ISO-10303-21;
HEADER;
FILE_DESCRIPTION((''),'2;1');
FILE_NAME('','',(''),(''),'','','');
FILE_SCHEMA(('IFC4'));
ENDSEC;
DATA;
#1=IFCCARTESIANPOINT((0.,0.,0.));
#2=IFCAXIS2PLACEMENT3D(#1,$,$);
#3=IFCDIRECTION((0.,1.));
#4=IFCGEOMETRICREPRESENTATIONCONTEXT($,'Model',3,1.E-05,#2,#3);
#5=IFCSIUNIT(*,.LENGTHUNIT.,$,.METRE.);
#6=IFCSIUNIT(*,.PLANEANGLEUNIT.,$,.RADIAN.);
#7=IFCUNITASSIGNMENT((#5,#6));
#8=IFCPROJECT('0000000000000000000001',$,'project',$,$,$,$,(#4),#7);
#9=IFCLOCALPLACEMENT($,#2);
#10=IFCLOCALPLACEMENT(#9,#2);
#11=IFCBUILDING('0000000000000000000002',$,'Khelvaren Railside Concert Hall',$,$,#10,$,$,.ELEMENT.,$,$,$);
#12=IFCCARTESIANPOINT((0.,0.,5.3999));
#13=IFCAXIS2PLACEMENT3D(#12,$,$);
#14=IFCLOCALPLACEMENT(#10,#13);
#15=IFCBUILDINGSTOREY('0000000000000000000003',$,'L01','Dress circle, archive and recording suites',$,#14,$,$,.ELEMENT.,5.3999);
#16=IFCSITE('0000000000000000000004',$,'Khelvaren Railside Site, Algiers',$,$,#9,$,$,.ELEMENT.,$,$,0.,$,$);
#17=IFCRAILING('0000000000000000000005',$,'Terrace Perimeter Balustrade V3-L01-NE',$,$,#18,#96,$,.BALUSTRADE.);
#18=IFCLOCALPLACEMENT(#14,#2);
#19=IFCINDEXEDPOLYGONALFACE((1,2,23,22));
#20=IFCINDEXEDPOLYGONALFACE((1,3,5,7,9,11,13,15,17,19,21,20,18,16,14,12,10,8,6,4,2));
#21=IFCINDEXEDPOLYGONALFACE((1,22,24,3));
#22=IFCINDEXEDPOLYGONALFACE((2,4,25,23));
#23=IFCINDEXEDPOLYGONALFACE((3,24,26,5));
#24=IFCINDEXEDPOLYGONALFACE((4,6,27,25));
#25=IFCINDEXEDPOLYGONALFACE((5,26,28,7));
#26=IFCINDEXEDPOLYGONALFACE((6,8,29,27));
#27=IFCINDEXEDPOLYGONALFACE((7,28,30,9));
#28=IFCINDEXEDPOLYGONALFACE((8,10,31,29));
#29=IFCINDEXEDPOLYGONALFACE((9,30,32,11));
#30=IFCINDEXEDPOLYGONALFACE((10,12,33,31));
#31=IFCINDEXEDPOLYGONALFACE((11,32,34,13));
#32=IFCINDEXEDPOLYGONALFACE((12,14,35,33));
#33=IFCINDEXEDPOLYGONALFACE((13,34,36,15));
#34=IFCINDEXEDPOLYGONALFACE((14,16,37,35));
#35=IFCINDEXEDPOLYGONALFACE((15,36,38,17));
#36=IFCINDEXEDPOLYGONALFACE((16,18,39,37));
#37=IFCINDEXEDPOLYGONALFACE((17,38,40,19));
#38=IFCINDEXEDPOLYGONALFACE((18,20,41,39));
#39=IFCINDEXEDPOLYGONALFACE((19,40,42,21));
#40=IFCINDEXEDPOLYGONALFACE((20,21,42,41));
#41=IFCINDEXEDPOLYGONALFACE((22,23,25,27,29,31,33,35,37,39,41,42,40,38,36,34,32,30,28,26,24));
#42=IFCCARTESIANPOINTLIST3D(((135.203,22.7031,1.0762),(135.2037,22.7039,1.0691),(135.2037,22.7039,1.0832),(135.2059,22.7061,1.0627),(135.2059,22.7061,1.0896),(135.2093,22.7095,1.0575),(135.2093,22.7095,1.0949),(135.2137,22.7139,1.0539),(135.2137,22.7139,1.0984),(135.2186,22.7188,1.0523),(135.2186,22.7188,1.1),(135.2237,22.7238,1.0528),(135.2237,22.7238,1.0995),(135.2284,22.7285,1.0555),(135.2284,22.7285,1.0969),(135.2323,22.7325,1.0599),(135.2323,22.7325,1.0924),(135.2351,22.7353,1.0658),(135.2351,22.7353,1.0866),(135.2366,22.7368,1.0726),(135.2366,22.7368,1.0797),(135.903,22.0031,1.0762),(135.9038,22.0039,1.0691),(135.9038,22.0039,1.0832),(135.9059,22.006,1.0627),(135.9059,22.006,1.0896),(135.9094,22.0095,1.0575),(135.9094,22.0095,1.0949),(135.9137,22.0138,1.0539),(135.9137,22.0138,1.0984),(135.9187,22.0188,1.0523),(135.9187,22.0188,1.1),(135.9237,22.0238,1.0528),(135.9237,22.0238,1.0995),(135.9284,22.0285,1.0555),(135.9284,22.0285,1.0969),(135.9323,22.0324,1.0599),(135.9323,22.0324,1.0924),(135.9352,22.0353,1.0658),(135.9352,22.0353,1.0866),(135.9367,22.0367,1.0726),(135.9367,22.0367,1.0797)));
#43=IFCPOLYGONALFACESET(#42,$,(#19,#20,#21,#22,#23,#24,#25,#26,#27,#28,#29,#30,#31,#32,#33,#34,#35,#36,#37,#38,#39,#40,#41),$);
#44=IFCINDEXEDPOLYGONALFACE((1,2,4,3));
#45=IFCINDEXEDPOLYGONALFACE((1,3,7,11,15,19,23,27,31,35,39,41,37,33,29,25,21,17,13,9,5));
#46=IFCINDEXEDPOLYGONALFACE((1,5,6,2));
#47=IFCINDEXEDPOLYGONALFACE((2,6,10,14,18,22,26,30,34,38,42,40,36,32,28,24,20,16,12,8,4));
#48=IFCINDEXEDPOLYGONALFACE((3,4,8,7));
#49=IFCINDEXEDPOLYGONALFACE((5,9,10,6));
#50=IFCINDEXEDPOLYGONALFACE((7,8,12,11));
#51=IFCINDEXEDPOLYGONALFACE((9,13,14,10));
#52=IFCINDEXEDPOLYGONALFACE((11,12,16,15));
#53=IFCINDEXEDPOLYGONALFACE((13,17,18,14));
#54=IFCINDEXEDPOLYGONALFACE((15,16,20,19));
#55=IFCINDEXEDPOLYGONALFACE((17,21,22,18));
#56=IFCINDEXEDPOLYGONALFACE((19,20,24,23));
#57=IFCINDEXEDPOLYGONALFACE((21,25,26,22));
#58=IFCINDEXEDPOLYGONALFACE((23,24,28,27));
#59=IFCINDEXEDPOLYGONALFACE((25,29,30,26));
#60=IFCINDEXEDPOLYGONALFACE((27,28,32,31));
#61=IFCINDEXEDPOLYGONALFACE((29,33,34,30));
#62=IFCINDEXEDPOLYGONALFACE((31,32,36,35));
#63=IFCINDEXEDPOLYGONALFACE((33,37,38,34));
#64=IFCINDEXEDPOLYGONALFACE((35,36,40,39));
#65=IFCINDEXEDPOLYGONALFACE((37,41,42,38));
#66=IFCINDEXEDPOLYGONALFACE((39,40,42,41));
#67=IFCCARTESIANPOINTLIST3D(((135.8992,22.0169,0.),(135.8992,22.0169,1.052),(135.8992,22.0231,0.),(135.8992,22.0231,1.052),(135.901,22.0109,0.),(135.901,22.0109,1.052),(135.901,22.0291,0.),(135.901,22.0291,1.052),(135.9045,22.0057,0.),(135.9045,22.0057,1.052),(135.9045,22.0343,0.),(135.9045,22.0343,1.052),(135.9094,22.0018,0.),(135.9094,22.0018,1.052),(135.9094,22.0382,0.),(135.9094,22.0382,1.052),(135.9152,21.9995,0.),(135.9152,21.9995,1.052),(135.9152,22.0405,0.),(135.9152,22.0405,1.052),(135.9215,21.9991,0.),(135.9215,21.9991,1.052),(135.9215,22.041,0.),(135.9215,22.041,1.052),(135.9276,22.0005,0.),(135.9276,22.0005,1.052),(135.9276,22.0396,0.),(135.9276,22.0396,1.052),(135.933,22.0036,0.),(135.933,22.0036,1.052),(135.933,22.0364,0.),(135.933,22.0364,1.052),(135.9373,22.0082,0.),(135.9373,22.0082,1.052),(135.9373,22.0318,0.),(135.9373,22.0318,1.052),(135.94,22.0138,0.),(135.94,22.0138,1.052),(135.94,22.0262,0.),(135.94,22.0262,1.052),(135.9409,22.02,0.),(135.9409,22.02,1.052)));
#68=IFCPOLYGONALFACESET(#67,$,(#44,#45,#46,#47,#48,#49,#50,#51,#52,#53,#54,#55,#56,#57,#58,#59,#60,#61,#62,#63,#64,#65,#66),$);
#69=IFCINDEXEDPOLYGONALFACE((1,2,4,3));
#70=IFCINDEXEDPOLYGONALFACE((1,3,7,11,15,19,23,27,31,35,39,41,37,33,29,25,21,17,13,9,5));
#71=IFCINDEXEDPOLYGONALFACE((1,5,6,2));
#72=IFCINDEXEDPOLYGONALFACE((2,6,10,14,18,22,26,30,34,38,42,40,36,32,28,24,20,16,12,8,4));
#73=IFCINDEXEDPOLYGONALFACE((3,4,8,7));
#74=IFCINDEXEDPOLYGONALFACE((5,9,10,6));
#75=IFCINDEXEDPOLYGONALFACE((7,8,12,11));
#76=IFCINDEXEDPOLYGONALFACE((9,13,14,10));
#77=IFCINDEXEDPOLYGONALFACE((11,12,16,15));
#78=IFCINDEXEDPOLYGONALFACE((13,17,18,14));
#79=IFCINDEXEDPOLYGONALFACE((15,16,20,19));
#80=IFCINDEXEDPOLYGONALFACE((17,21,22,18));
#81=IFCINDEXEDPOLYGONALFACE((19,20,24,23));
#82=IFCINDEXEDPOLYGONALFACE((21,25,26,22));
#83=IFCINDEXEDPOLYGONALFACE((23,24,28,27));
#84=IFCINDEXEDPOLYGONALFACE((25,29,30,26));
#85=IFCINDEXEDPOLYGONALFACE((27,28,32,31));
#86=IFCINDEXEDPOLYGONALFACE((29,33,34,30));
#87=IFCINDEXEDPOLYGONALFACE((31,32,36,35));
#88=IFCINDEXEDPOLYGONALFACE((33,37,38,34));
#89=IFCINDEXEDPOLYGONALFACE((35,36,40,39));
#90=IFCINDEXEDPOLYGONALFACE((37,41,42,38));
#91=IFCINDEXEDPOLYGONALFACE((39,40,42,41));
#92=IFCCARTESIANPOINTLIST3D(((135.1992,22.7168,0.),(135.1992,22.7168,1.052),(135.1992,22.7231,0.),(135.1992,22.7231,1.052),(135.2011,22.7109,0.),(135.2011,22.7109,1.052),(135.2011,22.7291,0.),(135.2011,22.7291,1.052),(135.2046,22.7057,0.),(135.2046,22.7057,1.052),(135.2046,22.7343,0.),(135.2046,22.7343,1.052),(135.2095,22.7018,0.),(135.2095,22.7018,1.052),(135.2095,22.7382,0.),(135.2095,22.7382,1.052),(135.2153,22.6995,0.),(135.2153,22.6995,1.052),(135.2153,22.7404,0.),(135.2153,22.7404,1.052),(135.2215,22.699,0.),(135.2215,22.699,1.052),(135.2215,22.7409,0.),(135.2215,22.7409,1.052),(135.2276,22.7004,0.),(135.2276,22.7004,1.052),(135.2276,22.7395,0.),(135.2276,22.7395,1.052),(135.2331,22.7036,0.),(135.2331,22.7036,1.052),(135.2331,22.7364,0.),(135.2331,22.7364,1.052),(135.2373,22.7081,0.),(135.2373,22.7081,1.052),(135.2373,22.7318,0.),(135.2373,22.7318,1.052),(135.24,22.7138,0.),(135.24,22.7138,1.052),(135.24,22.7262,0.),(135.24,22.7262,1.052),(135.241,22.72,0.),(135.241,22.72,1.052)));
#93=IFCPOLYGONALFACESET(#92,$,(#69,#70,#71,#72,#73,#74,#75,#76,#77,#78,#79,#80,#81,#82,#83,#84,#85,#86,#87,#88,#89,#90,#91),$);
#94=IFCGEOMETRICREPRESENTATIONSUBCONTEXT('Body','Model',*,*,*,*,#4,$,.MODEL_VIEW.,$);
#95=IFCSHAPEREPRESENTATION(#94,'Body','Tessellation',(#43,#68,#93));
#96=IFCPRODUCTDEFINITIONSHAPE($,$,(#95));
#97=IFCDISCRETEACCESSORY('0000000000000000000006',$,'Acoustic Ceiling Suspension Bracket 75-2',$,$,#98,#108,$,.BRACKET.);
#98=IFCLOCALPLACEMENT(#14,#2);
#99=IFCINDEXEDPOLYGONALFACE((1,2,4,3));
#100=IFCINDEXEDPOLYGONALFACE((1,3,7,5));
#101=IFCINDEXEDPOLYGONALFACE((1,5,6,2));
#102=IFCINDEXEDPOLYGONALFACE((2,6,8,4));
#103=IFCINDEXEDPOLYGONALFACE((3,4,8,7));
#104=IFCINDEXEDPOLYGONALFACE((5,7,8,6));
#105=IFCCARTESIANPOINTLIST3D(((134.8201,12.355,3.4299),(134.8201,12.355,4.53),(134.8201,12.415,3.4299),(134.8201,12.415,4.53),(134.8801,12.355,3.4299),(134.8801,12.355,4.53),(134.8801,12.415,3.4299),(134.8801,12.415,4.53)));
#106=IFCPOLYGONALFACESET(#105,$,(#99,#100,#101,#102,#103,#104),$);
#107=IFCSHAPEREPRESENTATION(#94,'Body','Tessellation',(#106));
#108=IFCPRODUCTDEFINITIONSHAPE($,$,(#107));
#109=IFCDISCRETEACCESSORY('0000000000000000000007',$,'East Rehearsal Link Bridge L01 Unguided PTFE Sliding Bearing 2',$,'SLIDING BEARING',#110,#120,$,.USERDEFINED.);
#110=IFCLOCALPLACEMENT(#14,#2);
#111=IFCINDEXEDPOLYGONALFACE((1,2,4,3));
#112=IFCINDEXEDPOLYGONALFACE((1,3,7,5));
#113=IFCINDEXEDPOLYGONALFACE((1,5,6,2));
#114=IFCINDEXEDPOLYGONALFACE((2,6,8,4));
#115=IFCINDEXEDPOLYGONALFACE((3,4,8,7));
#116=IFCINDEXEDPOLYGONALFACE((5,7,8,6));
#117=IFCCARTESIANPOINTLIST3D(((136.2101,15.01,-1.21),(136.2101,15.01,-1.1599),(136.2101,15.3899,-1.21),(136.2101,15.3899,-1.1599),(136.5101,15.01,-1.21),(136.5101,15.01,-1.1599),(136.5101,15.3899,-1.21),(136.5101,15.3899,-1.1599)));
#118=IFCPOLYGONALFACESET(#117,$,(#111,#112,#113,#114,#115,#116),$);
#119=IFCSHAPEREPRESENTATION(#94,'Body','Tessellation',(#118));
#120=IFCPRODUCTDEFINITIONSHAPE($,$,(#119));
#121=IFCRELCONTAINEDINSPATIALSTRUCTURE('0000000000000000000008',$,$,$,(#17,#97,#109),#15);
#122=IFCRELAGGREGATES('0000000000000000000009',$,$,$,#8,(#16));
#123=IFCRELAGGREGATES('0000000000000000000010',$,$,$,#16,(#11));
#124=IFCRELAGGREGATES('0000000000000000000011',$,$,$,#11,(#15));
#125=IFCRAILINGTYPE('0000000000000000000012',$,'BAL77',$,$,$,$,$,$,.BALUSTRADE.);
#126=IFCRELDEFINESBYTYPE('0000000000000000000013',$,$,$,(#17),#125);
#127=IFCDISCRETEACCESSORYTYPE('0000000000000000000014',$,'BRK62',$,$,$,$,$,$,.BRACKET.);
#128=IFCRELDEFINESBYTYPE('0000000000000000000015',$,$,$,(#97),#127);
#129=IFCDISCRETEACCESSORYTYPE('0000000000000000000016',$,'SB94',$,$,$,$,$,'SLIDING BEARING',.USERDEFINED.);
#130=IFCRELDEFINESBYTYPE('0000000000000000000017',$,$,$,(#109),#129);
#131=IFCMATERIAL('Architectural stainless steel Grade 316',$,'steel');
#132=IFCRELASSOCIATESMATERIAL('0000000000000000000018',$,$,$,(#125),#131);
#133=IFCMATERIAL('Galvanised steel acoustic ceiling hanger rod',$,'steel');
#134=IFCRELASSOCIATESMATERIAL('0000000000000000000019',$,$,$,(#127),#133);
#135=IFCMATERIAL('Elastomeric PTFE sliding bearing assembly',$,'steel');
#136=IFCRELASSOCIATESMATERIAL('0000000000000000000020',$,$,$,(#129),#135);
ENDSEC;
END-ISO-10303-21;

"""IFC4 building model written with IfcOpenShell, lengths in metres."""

from ifc_helpers import new_model, si_unit, direction, frame, origin, origin_2d, place, context, subcontext, project, spatial, rectangle, circle, extrude, material, type_object, element, save


model = new_model("IFC4")

# Units and contexts
model_context = context("Model", 3, precision=1e-05, world=origin(), true_north=direction((0.0, 1.0)))
body_context = subcontext(model_context, "Body", "Model", "MODEL_VIEW")
ifc_project = project(units=[si_unit("LENGTHUNIT", "METRE"), si_unit("PLANEANGLEUNIT", "RADIAN")], contexts=[model_context])

# Site, building, storey
site_placement = place(None, origin())
site = spatial("IfcSite", under=ifc_project, at=site_placement, Name="Khelvaren Railside Site, Algiers", CompositionType="ELEMENT", RefElevation=0.0)
building_placement = place(site_placement, origin())
building = spatial("IfcBuilding", under=site, at=building_placement, Name="Khelvaren Railside Concert Hall", CompositionType="ELEMENT")
storey_placement = place(building_placement, frame((0.0, 0.0, 5.3999)))
storey = spatial("IfcBuildingStorey", under=building, at=storey_placement, Name="L01", Description="Dress circle, archive and recording suites", CompositionType="ELEMENT", Elevation=5.3999)

# Railing
ifc_material_1 = material(Name="Architectural stainless steel Grade 316", Category="steel")
railing_type = type_object("IfcRailingType", Name="BAL77", PredefinedType="BALUSTRADE", material=ifc_material_1)
railing_1_placement = place(storey_placement, frame((135.9199, 22.02, 0.0)))
element("IfcRailing", 1, at=railing_1_placement, inside=storey, type_object=railing_type, Name="Terrace Perimeter Balustrade V3-L01-NE", PredefinedType="BALUSTRADE", context=body_context, shape_type="SweptSolid", body=[
    extrude(circle(Radius=0.0239, at=origin_2d()), frame((0.0, 0.0, 1.0762), z_axis=(-0.707107, 0.707107, 0.0), x_axis=(-0.707107, -0.707107, 0.0)), (0.0, 0.0, 1.0), 0.99),
    extrude(circle(Radius=0.021, at=origin_2d()), origin(), (0.0, 0.0, 1.0), 1.052),
    extrude(circle(Radius=0.021, at=origin_2d()), frame((-0.7, 0.7, 0.0)), (0.0, 0.0, 1.0), 1.052),
])

# Discrete accessories
ifc_material_2 = material(Name="Galvanised steel acoustic ceiling hanger rod", Category="steel")
discrete_accessory_type_1 = type_object("IfcDiscreteAccessoryType", Name="BRK62", PredefinedType="BRACKET", material=ifc_material_2)
discrete_accessory_1_placement = place(storey_placement, frame((134.8501, 12.385, 3.4299), z_axis=(0.0, 0.0, 1.0), x_axis=(1.0, 0.0, 0.0)))
element("IfcDiscreteAccessory", 2, at=discrete_accessory_1_placement, inside=storey, type_object=discrete_accessory_type_1, Name="Acoustic Ceiling Suspension Bracket 75-2", PredefinedType="BRACKET", context=body_context, shape_type="SweptSolid", body=[
    extrude(rectangle(XDim=0.0601, YDim=0.0601, at=origin_2d()), origin(), (0.0, 0.0, 1.0), 1.1001),
])
ifc_material_3 = material(Name="Elastomeric PTFE sliding bearing assembly", Category="steel")
discrete_accessory_type_2 = type_object("IfcDiscreteAccessoryType", Name="SB94", ElementType="SLIDING BEARING", PredefinedType="USERDEFINED", material=ifc_material_3)
discrete_accessory_2_placement = place(storey_placement, frame((136.3601, 15.2, -1.21), z_axis=(0.0, 0.0, 1.0), x_axis=(1.0, 0.0, 0.0)))
element("IfcDiscreteAccessory", 3, at=discrete_accessory_2_placement, inside=storey, type_object=discrete_accessory_type_2, Name="East Rehearsal Link Bridge L01 Unguided PTFE Sliding Bearing 2", ObjectType="SLIDING BEARING", PredefinedType="USERDEFINED", context=body_context, shape_type="SweptSolid", body=[
    extrude(rectangle(XDim=0.3, YDim=0.3799, at=origin_2d()), origin(), (0.0, 0.0, 1.0), 0.05),
])

save(model, "model.ifc")
